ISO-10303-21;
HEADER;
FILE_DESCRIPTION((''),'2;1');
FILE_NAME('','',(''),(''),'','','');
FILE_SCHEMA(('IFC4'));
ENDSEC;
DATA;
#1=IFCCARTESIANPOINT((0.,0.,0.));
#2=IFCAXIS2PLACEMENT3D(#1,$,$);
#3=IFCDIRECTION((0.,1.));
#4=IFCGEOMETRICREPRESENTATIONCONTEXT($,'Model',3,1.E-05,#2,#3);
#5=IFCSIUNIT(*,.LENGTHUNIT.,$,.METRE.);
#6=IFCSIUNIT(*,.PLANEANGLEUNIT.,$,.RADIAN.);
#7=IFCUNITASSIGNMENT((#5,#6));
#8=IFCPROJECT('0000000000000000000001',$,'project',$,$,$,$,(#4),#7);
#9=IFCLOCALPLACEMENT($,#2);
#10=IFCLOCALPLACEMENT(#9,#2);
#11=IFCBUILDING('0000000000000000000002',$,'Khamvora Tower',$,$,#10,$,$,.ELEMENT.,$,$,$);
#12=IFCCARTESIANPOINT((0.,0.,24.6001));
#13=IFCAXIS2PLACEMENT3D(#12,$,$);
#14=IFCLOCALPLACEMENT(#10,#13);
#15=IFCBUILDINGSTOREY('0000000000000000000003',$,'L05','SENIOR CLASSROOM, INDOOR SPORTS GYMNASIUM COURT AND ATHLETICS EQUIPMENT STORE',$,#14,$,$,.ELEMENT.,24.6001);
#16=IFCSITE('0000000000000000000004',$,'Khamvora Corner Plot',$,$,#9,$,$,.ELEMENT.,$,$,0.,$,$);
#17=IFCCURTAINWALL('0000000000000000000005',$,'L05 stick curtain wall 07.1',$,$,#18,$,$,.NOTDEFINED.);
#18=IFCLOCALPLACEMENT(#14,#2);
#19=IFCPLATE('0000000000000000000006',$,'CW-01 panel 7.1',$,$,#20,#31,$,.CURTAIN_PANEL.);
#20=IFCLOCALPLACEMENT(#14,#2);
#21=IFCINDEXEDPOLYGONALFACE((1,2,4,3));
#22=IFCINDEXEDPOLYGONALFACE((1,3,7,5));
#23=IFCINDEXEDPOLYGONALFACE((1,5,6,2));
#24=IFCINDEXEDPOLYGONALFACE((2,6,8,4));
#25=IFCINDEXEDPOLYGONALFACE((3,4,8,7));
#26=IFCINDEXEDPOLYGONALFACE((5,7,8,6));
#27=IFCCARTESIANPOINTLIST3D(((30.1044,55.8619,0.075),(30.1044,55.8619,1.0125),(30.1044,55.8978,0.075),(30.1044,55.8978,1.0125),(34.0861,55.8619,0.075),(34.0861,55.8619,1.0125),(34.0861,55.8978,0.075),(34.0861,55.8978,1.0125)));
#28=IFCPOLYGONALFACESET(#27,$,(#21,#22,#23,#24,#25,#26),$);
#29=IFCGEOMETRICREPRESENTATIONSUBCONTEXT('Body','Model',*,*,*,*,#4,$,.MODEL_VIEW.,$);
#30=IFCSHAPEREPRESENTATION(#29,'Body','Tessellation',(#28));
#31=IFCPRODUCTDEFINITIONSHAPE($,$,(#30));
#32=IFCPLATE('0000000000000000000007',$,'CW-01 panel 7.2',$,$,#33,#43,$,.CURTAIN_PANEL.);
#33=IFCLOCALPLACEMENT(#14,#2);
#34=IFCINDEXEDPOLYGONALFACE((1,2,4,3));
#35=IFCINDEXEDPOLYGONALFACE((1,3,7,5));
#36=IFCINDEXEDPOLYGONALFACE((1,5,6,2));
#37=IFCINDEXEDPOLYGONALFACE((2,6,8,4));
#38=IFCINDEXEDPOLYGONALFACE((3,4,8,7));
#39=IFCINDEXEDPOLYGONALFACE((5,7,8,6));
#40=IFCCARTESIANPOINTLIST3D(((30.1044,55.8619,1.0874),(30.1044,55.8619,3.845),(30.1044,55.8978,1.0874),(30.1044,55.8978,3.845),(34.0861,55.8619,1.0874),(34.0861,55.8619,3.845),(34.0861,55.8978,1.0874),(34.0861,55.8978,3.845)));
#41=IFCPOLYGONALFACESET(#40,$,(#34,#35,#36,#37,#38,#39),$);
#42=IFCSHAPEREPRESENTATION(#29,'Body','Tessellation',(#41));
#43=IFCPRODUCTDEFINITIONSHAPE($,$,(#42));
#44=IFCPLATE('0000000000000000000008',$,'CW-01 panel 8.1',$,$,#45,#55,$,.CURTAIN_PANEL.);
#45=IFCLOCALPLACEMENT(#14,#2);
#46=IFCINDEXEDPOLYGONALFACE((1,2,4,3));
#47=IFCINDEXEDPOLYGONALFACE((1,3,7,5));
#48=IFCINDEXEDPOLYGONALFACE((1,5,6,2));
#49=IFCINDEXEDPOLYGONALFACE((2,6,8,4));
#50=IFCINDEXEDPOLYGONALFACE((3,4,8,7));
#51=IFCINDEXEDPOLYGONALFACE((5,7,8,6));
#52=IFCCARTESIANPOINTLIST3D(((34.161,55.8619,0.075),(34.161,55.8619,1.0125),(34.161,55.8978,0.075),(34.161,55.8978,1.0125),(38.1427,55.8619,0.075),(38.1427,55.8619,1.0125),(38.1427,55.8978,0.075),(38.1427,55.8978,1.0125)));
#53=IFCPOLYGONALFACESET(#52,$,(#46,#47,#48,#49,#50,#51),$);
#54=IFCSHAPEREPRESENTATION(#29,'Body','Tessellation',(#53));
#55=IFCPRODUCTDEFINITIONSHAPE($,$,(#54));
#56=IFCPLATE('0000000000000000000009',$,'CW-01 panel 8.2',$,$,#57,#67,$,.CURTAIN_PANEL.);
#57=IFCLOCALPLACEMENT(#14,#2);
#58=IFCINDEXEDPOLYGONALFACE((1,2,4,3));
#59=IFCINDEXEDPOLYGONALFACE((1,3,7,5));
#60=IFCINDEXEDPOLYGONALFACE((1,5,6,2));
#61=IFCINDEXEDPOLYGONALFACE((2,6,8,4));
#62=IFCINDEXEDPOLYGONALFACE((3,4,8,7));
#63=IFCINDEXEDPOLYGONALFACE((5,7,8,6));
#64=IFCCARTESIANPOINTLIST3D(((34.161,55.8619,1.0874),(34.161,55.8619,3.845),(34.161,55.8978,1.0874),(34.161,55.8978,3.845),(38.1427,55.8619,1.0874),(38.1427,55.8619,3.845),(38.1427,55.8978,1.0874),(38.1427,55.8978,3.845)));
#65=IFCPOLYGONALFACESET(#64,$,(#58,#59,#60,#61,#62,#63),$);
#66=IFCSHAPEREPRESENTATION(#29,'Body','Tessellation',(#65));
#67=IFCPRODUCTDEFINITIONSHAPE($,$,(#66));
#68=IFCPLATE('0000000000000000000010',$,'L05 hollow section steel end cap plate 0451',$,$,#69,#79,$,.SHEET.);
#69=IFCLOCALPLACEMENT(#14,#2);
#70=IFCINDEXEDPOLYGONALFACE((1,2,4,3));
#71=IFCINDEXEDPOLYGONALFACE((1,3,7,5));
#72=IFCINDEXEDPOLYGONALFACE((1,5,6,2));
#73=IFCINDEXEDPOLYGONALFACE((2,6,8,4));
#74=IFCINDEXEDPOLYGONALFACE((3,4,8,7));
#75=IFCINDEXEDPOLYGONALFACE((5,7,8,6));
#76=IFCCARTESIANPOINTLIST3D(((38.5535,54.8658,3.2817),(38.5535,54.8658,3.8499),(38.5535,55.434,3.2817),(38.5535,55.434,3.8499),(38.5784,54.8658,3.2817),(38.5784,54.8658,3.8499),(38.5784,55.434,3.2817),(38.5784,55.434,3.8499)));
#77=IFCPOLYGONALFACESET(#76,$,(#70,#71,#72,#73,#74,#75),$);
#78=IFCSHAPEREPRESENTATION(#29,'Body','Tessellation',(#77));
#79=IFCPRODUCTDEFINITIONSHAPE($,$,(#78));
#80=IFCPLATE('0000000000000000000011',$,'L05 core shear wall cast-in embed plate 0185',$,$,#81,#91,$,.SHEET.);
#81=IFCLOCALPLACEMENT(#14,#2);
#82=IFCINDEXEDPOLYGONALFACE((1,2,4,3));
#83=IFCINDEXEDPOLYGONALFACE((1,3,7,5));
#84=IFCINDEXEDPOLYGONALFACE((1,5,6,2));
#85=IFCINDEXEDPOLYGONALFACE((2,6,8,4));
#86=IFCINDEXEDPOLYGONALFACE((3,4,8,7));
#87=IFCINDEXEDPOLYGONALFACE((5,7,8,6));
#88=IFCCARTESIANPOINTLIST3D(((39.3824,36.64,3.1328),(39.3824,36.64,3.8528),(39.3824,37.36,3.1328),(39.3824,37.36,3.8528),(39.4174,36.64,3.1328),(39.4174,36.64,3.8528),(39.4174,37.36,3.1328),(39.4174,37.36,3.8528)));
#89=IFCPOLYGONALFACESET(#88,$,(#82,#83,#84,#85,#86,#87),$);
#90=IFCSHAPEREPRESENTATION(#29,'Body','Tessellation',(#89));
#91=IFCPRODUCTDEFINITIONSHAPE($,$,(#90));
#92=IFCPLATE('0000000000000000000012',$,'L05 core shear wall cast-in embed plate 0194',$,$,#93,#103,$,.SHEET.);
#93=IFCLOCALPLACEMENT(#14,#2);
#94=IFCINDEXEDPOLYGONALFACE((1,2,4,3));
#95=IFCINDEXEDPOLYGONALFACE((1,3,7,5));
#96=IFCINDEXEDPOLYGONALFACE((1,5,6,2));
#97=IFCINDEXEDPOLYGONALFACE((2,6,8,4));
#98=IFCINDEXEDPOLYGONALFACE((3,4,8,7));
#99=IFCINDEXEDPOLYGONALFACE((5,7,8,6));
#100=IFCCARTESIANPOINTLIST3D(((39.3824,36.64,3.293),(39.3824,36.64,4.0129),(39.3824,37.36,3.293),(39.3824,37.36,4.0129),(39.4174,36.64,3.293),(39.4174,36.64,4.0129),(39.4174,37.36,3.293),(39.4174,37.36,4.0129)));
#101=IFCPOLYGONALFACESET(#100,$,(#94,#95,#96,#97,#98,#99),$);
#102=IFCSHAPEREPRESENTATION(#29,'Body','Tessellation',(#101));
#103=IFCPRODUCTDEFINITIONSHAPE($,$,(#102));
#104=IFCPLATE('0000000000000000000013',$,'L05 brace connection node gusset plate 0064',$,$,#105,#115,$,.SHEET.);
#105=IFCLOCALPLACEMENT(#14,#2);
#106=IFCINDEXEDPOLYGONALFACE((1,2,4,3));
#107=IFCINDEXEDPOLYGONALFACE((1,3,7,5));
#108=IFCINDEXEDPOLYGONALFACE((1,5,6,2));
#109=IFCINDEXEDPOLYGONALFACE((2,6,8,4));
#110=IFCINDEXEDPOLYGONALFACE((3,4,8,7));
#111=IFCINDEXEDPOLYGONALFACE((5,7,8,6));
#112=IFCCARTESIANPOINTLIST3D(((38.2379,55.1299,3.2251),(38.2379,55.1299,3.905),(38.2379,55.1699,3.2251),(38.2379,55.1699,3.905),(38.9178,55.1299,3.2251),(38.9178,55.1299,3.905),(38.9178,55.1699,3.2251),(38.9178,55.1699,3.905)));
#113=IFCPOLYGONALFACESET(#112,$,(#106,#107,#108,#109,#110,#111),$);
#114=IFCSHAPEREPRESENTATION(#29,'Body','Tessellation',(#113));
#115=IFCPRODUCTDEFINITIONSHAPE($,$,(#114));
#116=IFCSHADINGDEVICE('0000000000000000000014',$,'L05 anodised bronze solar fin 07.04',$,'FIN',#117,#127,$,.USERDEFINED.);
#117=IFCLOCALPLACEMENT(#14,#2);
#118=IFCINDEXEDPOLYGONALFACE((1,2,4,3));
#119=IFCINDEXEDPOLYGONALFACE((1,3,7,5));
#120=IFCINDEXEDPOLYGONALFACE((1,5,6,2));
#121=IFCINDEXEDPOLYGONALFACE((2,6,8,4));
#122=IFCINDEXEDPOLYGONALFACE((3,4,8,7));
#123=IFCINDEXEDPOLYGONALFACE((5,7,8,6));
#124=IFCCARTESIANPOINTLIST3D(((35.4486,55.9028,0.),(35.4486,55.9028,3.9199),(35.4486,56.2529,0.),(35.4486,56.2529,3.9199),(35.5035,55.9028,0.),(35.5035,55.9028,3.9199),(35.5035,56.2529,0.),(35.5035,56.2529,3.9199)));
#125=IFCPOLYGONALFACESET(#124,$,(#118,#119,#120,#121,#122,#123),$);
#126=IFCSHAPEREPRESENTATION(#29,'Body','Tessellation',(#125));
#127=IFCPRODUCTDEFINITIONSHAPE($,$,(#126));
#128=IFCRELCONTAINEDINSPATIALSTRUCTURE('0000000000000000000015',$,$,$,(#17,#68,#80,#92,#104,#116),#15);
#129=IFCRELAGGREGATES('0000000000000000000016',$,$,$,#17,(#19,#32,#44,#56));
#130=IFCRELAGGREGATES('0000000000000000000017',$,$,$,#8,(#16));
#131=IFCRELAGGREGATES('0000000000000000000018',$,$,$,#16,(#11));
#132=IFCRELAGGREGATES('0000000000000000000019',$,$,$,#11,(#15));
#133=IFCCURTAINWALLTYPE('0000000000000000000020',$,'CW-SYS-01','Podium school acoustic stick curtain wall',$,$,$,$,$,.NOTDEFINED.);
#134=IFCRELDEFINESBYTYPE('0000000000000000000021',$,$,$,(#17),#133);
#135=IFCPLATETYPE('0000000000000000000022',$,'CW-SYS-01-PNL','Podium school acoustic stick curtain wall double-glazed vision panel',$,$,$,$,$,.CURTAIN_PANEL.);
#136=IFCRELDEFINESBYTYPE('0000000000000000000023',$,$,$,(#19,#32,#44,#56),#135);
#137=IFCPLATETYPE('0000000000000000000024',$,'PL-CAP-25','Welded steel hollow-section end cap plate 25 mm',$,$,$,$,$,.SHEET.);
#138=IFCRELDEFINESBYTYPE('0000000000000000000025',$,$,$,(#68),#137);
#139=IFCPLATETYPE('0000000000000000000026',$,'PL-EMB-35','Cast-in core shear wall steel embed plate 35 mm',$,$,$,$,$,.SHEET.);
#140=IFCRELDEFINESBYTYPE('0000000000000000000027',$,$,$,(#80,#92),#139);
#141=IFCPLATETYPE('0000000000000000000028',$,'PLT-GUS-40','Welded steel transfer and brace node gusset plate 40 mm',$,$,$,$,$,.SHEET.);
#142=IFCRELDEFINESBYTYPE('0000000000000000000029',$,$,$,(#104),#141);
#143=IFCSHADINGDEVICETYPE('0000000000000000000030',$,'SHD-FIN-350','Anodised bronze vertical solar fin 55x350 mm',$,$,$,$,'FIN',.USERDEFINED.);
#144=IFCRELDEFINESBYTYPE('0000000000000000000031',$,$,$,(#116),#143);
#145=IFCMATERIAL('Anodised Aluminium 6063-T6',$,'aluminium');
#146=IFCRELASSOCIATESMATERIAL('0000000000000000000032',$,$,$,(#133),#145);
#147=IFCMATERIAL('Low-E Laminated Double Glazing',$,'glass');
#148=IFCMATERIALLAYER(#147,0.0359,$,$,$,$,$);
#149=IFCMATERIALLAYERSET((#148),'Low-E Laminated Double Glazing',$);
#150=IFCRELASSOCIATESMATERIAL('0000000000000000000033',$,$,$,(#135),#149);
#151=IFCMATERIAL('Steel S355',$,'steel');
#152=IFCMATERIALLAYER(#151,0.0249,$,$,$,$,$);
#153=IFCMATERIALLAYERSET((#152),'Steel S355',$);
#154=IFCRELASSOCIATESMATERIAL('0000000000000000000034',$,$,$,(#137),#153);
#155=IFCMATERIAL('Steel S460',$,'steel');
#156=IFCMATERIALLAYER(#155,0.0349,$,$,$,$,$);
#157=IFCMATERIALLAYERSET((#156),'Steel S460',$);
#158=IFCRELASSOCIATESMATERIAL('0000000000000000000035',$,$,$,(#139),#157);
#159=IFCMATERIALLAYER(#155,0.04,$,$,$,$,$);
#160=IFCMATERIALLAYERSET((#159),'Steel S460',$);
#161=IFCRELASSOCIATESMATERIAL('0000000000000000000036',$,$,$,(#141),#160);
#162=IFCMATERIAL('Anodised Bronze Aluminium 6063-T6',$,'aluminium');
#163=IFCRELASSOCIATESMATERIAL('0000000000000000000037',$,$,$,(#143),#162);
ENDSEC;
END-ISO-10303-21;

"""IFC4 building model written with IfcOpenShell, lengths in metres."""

from ifc_helpers import new_model, si_unit, direction, frame, origin, origin_2d, place, context, subcontext, project, spatial, rectangle, extrude, material, layer, layer_set, type_object, element, aggregate, save


model = new_model("IFC4")

# Units and contexts
model_context = context("Model", 3, precision=1e-05, world=origin(), true_north=direction((0.0, 1.0)))
body_context = subcontext(model_context, "Body", "Model", "MODEL_VIEW")
ifc_project = project(units=[si_unit("LENGTHUNIT", "METRE"), si_unit("PLANEANGLEUNIT", "RADIAN")], contexts=[model_context])

# Site, building, storey
site_placement = place(None, origin())
site = spatial("IfcSite", under=ifc_project, at=site_placement, Name="Khamvora Corner Plot", CompositionType="ELEMENT", RefElevation=0.0)
building_placement = place(site_placement, origin())
building = spatial("IfcBuilding", under=site, at=building_placement, Name="Khamvora Tower", CompositionType="ELEMENT")
storey_placement = place(building_placement, frame((0.0, 0.0, 24.6001)))
storey = spatial("IfcBuildingStorey", under=building, at=storey_placement, Name="L05", Description="SENIOR CLASSROOM, INDOOR SPORTS GYMNASIUM COURT AND ATHLETICS EQUIPMENT STORE", CompositionType="ELEMENT", Elevation=24.6001)

# Shared definitions
ifc_material_1 = material(Name="Steel S460", Category="steel")

# Shared definitions
ifc_material_2 = material(Name="Steel S355", Category="steel")

# Curtain wall, plates
ifc_material_3 = material(Name="Anodised Aluminium 6063-T6", Category="aluminium")
curtain_wall_type = type_object("IfcCurtainWallType", Name="CW-SYS-01", Description="Podium school acoustic stick curtain wall", PredefinedType="NOTDEFINED", material=ifc_material_3)
curtain_wall_placement = place(storey_placement, origin())
curtain_wall = element("IfcCurtainWall", 1, at=curtain_wall_placement, inside=storey, type_object=curtain_wall_type, Name="L05 stick curtain wall 07.1", PredefinedType="NOTDEFINED")
ifc_material_4 = material(Name="Low-E Laminated Double Glazing", Category="glass")
ifc_layer_1 = layer(ifc_material_4, 0.0359)
ifc_layer_set_1 = layer_set([ifc_layer_1], Name="Low-E Laminated Double Glazing")
plate_type_1 = type_object("IfcPlateType", Name="CW-SYS-01-PNL", Description="Podium school acoustic stick curtain wall double-glazed vision panel", PredefinedType="CURTAIN_PANEL", material=ifc_layer_set_1)
plate_1_placement = place(storey_placement, frame((32.0952, 55.8799, 0.075), z_axis=(0.0, 0.0, 1.0), x_axis=(1.0, 0.0, 0.0)))
plate_1 = element("IfcPlate", 2, at=plate_1_placement, type_object=plate_type_1, Name="CW-01 panel 7.1", PredefinedType="CURTAIN_PANEL", context=body_context, shape_type="SweptSolid", body=[
    extrude(rectangle(XDim=3.9817, YDim=0.0359, at=origin_2d()), origin(), (0.0, 0.0, 1.0), 0.9375),
])
plate_2_placement = place(storey_placement, frame((32.0952, 55.8799, 1.0874), z_axis=(0.0, 0.0, 1.0), x_axis=(1.0, 0.0, 0.0)))
plate_2 = element("IfcPlate", 3, at=plate_2_placement, type_object=plate_type_1, Name="CW-01 panel 7.2", PredefinedType="CURTAIN_PANEL", context=body_context, shape_type="SweptSolid", body=[
    extrude(rectangle(XDim=3.9817, YDim=0.0359, at=origin_2d()), origin(), (0.0, 0.0, 1.0), 2.7576),
])
plate_3_placement = place(storey_placement, frame((36.1519, 55.8799, 0.075), z_axis=(0.0, 0.0, 1.0), x_axis=(1.0, 0.0, 0.0)))
plate_3 = element("IfcPlate", 4, at=plate_3_placement, type_object=plate_type_1, Name="CW-01 panel 8.1", PredefinedType="CURTAIN_PANEL", context=body_context, shape_type="SweptSolid", body=[
    extrude(rectangle(XDim=3.9817, YDim=0.0359, at=origin_2d()), origin(), (0.0, 0.0, 1.0), 0.9375),
])
plate_4_placement = place(storey_placement, frame((36.1519, 55.8799, 1.0874), z_axis=(0.0, 0.0, 1.0), x_axis=(1.0, 0.0, 0.0)))
plate_4 = element("IfcPlate", 5, at=plate_4_placement, type_object=plate_type_1, Name="CW-01 panel 8.2", PredefinedType="CURTAIN_PANEL", context=body_context, shape_type="SweptSolid", body=[
    extrude(rectangle(XDim=3.9817, YDim=0.0359, at=origin_2d()), origin(), (0.0, 0.0, 1.0), 2.7576),
])
aggregate(curtain_wall, [plate_1, plate_2, plate_3, plate_4])

# Plates
ifc_layer_2 = layer(ifc_material_2, 0.0249)
ifc_layer_set_2 = layer_set([ifc_layer_2], Name="Steel S355")
plate_type_2 = type_object("IfcPlateType", Name="PL-CAP-25", Description="Welded steel hollow-section end cap plate 25 mm", PredefinedType="SHEET", material=ifc_layer_set_2)
plate_5_placement = place(storey_placement, frame((38.5659, 55.1499, 3.2817), z_axis=(0.0, 0.0, 1.0), x_axis=(-1.0, 0.0, 0.0)))
element("IfcPlate", 6, at=plate_5_placement, inside=storey, type_object=plate_type_2, Name="L05 hollow section steel end cap plate 0451", PredefinedType="SHEET", context=body_context, shape_type="SweptSolid", body=[
    extrude(rectangle(XDim=0.0249, YDim=0.5681, at=origin_2d()), origin(), (0.0, 0.0, 1.0), 0.5681),
])
ifc_layer_3 = layer(ifc_material_1, 0.0349)
ifc_layer_set_3 = layer_set([ifc_layer_3], Name="Steel S460")
plate_type_3 = type_object("IfcPlateType", Name="PL-EMB-35", Description="Cast-in core shear wall steel embed plate 35 mm", PredefinedType="SHEET", material=ifc_layer_set_3)
for number, where, z_axis, x_axis, name in (
    (7, (39.3999, 37.0, 3.1328), (0.0, 0.0, 1.0), (1.0, 0.0, 0.0), "L05 core shear wall cast-in embed plate 0185"),
    (8, (39.3999, 37.0, 3.293), (0.0, 0.0, 1.0), (1.0, 0.0, 0.0), "L05 core shear wall cast-in embed plate 0194"),
):
    element("IfcPlate", number, at=place(storey_placement, frame(where, z_axis=z_axis, x_axis=x_axis)), inside=storey, type_object=plate_type_3, Name=name, PredefinedType="SHEET", context=body_context, shape_type="SweptSolid", body=[
        extrude(rectangle(XDim=0.0349, YDim=0.72, at=origin_2d()), origin(), (0.0, 0.0, 1.0), 0.72),
    ])
ifc_layer_4 = layer(ifc_material_1, 0.04)
ifc_layer_set_4 = layer_set([ifc_layer_4], Name="Steel S460")
plate_type_4 = type_object("IfcPlateType", Name="PLT-GUS-40", Description="Welded steel transfer and brace node gusset plate 40 mm", PredefinedType="SHEET", material=ifc_layer_set_4)
plate_6_placement = place(storey_placement, frame((38.5779, 55.1499, 3.2251), z_axis=(0.0, 0.0, 1.0), x_axis=(1.0, 0.0, 0.0)))
element("IfcPlate", 9, at=plate_6_placement, inside=storey, type_object=plate_type_4, Name="L05 brace connection node gusset plate 0064", PredefinedType="SHEET", context=body_context, shape_type="SweptSolid", body=[
    extrude(rectangle(XDim=0.6799, YDim=0.04, at=origin_2d()), origin(), (0.0, 0.0, 1.0), 0.6799),
])

# Shading device
ifc_material_5 = material(Name="Anodised Bronze Aluminium 6063-T6", Category="aluminium")
shading_device_type = type_object("IfcShadingDeviceType", Name="SHD-FIN-350", Description="Anodised bronze vertical solar fin 55x350 mm", ElementType="FIN", PredefinedType="USERDEFINED", material=ifc_material_5)
shading_device_placement = place(storey_placement, frame((35.4761, 56.0779, 0.0), z_axis=(0.0, 0.0, 1.0), x_axis=(1.0, 0.0, 0.0)))
element("IfcShadingDevice", 10, at=shading_device_placement, inside=storey, type_object=shading_device_type, Name="L05 anodised bronze solar fin 07.04", ObjectType="FIN", PredefinedType="USERDEFINED", context=body_context, shape_type="SweptSolid", body=[
    extrude(rectangle(XDim=0.0549, YDim=0.3501, at=origin_2d()), origin(), (0.0, 0.0, 1.0), 3.9199),
])

save(model, "model.ifc")
